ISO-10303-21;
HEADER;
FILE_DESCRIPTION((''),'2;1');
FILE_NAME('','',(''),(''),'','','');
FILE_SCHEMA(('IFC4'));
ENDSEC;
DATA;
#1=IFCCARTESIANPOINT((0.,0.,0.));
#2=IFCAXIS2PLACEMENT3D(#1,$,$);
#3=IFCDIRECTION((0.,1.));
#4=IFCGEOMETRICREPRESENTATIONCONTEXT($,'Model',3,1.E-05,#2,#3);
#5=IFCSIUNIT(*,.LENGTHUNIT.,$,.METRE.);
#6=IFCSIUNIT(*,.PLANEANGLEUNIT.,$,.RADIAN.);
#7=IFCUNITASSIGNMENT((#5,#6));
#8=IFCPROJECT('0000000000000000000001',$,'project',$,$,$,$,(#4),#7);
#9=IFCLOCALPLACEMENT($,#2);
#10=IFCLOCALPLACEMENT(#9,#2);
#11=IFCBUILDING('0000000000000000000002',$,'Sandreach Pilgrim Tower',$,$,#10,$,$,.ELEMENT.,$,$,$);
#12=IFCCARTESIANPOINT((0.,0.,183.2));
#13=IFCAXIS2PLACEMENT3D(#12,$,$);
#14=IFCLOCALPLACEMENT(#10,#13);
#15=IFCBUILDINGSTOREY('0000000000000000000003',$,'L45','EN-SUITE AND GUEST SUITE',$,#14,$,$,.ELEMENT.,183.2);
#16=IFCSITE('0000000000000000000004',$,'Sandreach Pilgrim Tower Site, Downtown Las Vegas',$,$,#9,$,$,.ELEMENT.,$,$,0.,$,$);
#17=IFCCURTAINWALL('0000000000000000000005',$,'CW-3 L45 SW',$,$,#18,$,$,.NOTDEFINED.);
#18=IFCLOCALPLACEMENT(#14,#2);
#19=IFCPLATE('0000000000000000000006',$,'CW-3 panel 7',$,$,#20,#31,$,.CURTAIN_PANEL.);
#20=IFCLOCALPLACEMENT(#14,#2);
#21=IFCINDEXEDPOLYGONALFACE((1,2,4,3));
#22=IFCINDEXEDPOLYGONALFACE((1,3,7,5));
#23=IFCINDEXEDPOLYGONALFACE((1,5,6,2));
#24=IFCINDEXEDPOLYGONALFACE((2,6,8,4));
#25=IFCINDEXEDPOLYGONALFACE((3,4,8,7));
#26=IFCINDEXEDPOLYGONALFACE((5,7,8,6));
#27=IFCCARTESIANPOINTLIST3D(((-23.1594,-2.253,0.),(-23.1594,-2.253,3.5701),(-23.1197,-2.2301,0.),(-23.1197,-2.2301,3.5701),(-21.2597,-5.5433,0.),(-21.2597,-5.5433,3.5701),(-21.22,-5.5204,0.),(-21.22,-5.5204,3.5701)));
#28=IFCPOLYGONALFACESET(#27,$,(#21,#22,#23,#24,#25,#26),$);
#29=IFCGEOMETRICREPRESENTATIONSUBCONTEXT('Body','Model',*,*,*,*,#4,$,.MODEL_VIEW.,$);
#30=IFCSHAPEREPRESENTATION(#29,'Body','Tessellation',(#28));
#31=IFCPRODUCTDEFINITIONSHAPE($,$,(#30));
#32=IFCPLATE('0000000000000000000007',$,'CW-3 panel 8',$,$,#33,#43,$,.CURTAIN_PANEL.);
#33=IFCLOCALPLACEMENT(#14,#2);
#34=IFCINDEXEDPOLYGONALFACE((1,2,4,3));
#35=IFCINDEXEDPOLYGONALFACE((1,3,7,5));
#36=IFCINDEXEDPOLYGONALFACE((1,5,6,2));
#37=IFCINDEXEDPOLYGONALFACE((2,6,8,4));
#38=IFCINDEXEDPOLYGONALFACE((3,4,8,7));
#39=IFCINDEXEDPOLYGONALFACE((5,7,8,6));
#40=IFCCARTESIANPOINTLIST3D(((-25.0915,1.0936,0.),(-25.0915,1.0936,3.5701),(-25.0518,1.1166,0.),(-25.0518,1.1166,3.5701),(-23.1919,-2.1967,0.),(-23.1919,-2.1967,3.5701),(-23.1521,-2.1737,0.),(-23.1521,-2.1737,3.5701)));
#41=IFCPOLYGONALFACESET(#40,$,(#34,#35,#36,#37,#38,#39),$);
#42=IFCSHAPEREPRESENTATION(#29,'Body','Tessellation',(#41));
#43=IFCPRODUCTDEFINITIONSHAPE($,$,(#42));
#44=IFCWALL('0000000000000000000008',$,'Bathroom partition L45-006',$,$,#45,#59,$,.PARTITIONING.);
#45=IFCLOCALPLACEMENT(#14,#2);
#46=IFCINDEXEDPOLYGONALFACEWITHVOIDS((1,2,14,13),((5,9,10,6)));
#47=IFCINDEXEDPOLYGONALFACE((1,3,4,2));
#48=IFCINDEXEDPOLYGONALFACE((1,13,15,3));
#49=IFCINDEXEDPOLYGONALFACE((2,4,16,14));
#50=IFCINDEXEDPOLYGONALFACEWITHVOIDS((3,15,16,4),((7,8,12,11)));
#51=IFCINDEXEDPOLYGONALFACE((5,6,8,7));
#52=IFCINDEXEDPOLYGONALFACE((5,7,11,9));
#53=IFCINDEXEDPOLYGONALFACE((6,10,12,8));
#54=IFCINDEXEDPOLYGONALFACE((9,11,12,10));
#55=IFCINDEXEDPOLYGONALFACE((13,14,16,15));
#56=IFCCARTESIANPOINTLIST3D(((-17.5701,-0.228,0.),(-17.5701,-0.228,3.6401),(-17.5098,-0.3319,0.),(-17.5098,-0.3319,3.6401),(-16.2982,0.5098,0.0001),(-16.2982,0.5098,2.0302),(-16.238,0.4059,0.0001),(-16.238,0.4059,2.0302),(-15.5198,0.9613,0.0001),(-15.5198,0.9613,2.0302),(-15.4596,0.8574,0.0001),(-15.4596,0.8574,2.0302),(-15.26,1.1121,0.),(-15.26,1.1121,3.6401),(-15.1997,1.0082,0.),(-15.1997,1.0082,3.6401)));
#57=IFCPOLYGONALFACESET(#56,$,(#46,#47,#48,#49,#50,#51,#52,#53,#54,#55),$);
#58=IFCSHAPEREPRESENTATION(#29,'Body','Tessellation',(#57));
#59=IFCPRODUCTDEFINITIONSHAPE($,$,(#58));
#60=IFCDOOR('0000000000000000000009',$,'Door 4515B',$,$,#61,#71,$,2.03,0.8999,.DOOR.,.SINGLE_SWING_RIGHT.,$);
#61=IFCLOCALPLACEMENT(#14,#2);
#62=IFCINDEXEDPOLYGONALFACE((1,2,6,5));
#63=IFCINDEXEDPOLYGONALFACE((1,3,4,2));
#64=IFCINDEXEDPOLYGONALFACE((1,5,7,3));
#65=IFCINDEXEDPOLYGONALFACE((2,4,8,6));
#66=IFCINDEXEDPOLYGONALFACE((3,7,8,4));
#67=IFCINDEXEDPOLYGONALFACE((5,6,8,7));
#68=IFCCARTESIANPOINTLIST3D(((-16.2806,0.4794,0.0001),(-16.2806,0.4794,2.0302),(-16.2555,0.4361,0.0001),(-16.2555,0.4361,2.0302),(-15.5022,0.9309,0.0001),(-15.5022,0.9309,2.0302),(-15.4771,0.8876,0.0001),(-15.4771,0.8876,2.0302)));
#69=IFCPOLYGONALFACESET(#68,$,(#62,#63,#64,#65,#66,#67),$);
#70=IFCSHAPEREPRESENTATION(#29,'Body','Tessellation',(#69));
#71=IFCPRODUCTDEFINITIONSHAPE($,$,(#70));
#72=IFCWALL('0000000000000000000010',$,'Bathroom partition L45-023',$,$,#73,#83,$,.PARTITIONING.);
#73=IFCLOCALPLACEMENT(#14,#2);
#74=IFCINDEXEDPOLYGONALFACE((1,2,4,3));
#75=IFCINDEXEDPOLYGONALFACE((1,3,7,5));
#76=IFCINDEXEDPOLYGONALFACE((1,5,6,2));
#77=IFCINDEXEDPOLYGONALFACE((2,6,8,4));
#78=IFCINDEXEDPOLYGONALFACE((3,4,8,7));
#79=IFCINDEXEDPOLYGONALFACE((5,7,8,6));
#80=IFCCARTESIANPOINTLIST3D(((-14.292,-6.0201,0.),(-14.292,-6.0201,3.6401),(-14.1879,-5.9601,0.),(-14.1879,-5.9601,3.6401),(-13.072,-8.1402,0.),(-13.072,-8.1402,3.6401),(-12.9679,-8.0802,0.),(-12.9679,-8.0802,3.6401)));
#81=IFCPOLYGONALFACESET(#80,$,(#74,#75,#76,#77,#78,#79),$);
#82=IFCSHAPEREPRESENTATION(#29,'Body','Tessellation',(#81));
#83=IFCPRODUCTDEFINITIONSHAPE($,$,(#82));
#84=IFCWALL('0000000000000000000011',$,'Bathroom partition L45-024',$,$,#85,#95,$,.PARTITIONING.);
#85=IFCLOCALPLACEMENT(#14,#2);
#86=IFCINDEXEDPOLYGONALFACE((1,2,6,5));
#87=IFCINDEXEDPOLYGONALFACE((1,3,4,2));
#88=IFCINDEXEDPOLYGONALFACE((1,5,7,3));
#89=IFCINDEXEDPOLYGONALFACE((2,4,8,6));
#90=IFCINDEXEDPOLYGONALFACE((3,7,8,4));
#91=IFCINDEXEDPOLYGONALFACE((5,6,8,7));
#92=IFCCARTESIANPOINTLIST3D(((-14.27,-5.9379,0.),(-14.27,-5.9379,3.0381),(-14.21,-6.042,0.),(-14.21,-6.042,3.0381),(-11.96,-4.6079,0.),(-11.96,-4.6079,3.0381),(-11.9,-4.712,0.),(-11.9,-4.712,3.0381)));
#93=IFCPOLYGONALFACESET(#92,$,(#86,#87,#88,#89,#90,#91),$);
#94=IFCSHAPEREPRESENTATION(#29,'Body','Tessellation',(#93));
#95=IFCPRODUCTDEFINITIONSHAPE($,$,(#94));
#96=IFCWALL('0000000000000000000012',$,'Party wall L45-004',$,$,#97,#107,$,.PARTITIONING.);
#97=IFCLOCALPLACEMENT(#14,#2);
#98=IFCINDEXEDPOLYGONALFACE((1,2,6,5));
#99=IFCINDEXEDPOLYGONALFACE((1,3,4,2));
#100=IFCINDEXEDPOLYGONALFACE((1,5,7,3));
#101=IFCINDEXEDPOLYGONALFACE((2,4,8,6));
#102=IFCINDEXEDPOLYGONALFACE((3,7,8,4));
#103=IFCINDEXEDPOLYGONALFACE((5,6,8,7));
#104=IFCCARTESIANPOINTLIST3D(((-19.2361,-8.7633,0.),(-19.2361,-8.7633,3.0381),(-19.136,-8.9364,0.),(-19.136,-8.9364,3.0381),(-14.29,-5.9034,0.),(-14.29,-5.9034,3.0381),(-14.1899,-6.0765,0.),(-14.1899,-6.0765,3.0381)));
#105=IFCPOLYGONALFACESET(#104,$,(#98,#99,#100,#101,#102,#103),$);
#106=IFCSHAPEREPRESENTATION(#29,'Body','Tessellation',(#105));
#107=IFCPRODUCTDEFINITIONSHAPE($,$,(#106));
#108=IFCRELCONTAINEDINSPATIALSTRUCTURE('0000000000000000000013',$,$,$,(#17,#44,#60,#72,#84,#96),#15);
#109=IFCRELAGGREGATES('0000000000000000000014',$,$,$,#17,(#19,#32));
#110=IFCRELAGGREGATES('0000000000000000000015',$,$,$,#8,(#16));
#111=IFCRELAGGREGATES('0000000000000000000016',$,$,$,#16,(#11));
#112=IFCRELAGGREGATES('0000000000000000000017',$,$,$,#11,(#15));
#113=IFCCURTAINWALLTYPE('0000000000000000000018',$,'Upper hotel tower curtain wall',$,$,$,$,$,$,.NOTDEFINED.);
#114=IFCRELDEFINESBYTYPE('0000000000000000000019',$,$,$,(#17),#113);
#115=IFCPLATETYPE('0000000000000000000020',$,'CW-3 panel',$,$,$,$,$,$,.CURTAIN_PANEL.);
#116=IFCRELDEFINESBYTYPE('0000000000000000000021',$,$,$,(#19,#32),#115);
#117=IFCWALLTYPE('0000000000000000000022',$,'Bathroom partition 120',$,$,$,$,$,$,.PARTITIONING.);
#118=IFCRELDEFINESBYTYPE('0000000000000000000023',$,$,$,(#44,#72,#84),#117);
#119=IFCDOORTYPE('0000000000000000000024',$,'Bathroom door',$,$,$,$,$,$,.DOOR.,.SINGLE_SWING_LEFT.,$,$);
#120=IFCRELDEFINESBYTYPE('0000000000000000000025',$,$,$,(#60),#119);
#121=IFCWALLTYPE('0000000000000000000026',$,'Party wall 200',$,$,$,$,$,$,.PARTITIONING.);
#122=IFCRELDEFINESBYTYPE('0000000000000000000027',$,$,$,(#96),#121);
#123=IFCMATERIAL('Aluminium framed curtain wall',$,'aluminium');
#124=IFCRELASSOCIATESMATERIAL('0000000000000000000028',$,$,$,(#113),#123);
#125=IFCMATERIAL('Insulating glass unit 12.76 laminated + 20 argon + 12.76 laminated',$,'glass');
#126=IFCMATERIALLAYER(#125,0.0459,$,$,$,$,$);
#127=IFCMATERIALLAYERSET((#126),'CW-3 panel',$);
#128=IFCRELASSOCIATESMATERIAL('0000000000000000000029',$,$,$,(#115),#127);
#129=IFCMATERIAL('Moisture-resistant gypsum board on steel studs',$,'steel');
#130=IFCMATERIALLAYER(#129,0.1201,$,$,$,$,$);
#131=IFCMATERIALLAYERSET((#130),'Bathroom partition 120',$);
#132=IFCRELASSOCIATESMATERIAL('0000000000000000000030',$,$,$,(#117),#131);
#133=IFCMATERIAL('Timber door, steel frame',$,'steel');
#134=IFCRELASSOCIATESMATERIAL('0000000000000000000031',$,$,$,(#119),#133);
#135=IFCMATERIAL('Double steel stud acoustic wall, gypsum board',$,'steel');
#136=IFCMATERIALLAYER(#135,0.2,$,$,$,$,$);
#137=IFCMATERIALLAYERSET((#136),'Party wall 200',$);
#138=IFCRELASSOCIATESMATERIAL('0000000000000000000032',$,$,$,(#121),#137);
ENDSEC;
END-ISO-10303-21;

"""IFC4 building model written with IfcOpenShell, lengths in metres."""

from ifc_helpers import new_model, si_unit, direction, frame, frame_2d, origin, origin_2d, place, context, subcontext, project, spatial, rectangle, extrude, material, layer, layer_set, type_object, element, fill, aggregate, save


model = new_model("IFC4")

# Units and contexts
model_context = context("Model", 3, precision=1e-05, world=origin(), true_north=direction((0.0, 1.0)))
body_context = subcontext(model_context, "Body", "Model", "MODEL_VIEW")
ifc_project = project(units=[si_unit("LENGTHUNIT", "METRE"), si_unit("PLANEANGLEUNIT", "RADIAN")], contexts=[model_context])

# Site, building, storey
site_placement = place(None, origin())
site = spatial("IfcSite", under=ifc_project, at=site_placement, Name="Sandreach Pilgrim Tower Site, Downtown Las Vegas", CompositionType="ELEMENT", RefElevation=0.0)
building_placement = place(site_placement, origin())
building = spatial("IfcBuilding", under=site, at=building_placement, Name="Sandreach Pilgrim Tower", CompositionType="ELEMENT")
storey_placement = place(building_placement, frame((0.0, 0.0, 183.2)))
storey = spatial("IfcBuildingStorey", under=building, at=storey_placement, Name="L45", Description="EN-SUITE AND GUEST SUITE", CompositionType="ELEMENT", Elevation=183.2)

# Curtain wall
ifc_material_1 = material(Name="Aluminium framed curtain wall", Category="aluminium")
curtain_wall_type = type_object("IfcCurtainWallType", Name="Upper hotel tower curtain wall", PredefinedType="NOTDEFINED", material=ifc_material_1)
curtain_wall_placement = place(storey_placement, origin())
curtain_wall = element("IfcCurtainWall", 1, at=curtain_wall_placement, inside=storey, type_object=curtain_wall_type, Name="CW-3 L45 SW", PredefinedType="NOTDEFINED")

# Plates
ifc_material_2 = material(Name="Insulating glass unit 12.76 laminated + 20 argon + 12.76 laminated", Category="glass")
ifc_layer_1 = layer(ifc_material_2, 0.0459)
ifc_layer_set_1 = layer_set([ifc_layer_1], Name="CW-3 panel")
plate_type = type_object("IfcPlateType", Name="CW-3 panel", PredefinedType="CURTAIN_PANEL", material=ifc_layer_set_1)
plate_1_placement = place(storey_placement, frame((-22.1897, -3.8867, 0.0), z_axis=(0.0, 0.0, 1.0), x_axis=(-0.5, 0.866025, 0.0)))
plate_1 = element("IfcPlate", 2, at=plate_1_placement, type_object=plate_type, Name="CW-3 panel 7", PredefinedType="CURTAIN_PANEL", context=body_context, shape_type="SweptSolid", body=[
    extrude(rectangle(XDim=3.7993, YDim=0.0459, at=origin_2d()), origin(), (0.0, 0.0, 1.0), 3.5701),
])
plate_2_placement = place(storey_placement, frame((-24.1218, -0.54, 0.0), z_axis=(0.0, 0.0, 1.0), x_axis=(-0.5, 0.866025, 0.0)))
plate_2 = element("IfcPlate", 3, at=plate_2_placement, type_object=plate_type, Name="CW-3 panel 8", PredefinedType="CURTAIN_PANEL", context=body_context, shape_type="SweptSolid", body=[
    extrude(rectangle(XDim=3.7993, YDim=0.0459, at=origin_2d()), origin(), (0.0, 0.0, 1.0), 3.5701),
])
aggregate(curtain_wall, [plate_1, plate_2])

# Wall, opening, door
ifc_material_3 = material(Name="Moisture-resistant gypsum board on steel studs", Category="steel")
ifc_layer_2 = layer(ifc_material_3, 0.1201)
ifc_layer_set_2 = layer_set([ifc_layer_2], Name="Bathroom partition 120")
wall_type_1 = type_object("IfcWallType", Name="Bathroom partition 120", PredefinedType="PARTITIONING", material=ifc_layer_set_2)
wall_1_placement = place(storey_placement, frame((-17.54, -0.28, 0.0), z_axis=(0.0, 0.0, 1.0), x_axis=(0.86499, 0.501789, 0.0)))
wall_1 = element("IfcWall", 4, at=wall_1_placement, inside=storey, type_object=wall_type_1, Name="Bathroom partition L45-006", PredefinedType="PARTITIONING", context=body_context, shape_type="SweptSolid", body=[
    extrude(rectangle(XDim=2.6707, YDim=0.1201, at=frame_2d((1.3354, 0.0))), origin(), (0.0, 0.0, 1.0), 3.6401),
])
opening_placement = place(wall_1_placement, frame((1.4705, 0.0, 0.0)))
opening = element("IfcOpeningElement", 5, at=opening_placement, cuts=wall_1, PredefinedType="OPENING", context=body_context, shape_type="SweptSolid", body=[
    extrude(rectangle(XDim=0.8999, YDim=2.03, at=frame_2d((0.45, 1.0151))), frame((0.0, 0.0601, 0.0), z_axis=(0.0, -1.0, 0.0), x_axis=(1.0, 0.0, 0.0)), (0.0, 0.0, 1.0), 0.1201),
])
ifc_material_4 = material(Name="Timber door, steel frame", Category="steel")
door_type = type_object("IfcDoorType", Name="Bathroom door", OperationType="SINGLE_SWING_LEFT", PredefinedType="DOOR", material=ifc_material_4)
door_placement = place(opening_placement, origin())
door = element("IfcDoor", 6, at=door_placement, inside=storey, type_object=door_type, Name="Door 4515B", OperationType="SINGLE_SWING_RIGHT", OverallHeight=2.03, OverallWidth=0.8999, PredefinedType="DOOR", context=body_context, shape_type="SweptSolid", body=[
    extrude(rectangle(XDim=0.8999, YDim=2.03, at=frame_2d((0.45, 1.0151))), frame((0.0, 0.0249, 0.0), z_axis=(0.0, -1.0, 0.0), x_axis=(1.0, 0.0, 0.0)), (0.0, 0.0, 1.0), 0.05),
])
fill(opening, door)

# Walls
wall_2_placement = place(storey_placement, frame((-14.24, -5.99, 0.0), z_axis=(0.0, 0.0, 1.0), x_axis=(0.498749, -0.866747, 0.0)))
element("IfcWall", 7, at=wall_2_placement, inside=storey, type_object=wall_type_1, Name="Bathroom partition L45-023", PredefinedType="PARTITIONING", context=body_context, shape_type="SweptSolid", body=[
    extrude(rectangle(XDim=2.446, YDim=0.1201, at=frame_2d((1.2231, 0.0))), origin(), (0.0, 0.0, 1.0), 3.6401),
])
wall_3_placement = place(storey_placement, frame((-14.24, -5.99, 0.0), z_axis=(0.0, 0.0, 1.0), x_axis=(0.866615, 0.498977, 0.0)))
element("IfcWall", 8, at=wall_3_placement, inside=storey, type_object=wall_type_1, Name="Bathroom partition L45-024", PredefinedType="PARTITIONING", context=body_context, shape_type="SweptSolid", body=[
    extrude(rectangle(XDim=2.6655, YDim=0.1201, at=frame_2d((1.3328, 0.0))), origin(), (0.0, 0.0, 1.0), 3.0381),
])
ifc_material_5 = material(Name="Double steel stud acoustic wall, gypsum board", Category="steel")
ifc_layer_3 = layer(ifc_material_5, 0.2)
ifc_layer_set_3 = layer_set([ifc_layer_3], Name="Party wall 200")
wall_type_2 = type_object("IfcWallType", Name="Party wall 200", PredefinedType="PARTITIONING", material=ifc_layer_set_3)
wall_4_placement = place(storey_placement, frame((-19.186, -8.8499, 0.0), z_axis=(0.0, 0.0, 1.0), x_axis=(0.865702, 0.500559, 0.0)))
element("IfcWall", 9, at=wall_4_placement, inside=storey, type_object=wall_type_2, Name="Party wall L45-004", PredefinedType="PARTITIONING", context=body_context, shape_type="SweptSolid", body=[
    extrude(rectangle(XDim=5.7134, YDim=0.2, at=frame_2d((2.8567, 0.0))), origin(), (0.0, 0.0, 1.0), 3.0381),
])

save(model, "model.ifc")
